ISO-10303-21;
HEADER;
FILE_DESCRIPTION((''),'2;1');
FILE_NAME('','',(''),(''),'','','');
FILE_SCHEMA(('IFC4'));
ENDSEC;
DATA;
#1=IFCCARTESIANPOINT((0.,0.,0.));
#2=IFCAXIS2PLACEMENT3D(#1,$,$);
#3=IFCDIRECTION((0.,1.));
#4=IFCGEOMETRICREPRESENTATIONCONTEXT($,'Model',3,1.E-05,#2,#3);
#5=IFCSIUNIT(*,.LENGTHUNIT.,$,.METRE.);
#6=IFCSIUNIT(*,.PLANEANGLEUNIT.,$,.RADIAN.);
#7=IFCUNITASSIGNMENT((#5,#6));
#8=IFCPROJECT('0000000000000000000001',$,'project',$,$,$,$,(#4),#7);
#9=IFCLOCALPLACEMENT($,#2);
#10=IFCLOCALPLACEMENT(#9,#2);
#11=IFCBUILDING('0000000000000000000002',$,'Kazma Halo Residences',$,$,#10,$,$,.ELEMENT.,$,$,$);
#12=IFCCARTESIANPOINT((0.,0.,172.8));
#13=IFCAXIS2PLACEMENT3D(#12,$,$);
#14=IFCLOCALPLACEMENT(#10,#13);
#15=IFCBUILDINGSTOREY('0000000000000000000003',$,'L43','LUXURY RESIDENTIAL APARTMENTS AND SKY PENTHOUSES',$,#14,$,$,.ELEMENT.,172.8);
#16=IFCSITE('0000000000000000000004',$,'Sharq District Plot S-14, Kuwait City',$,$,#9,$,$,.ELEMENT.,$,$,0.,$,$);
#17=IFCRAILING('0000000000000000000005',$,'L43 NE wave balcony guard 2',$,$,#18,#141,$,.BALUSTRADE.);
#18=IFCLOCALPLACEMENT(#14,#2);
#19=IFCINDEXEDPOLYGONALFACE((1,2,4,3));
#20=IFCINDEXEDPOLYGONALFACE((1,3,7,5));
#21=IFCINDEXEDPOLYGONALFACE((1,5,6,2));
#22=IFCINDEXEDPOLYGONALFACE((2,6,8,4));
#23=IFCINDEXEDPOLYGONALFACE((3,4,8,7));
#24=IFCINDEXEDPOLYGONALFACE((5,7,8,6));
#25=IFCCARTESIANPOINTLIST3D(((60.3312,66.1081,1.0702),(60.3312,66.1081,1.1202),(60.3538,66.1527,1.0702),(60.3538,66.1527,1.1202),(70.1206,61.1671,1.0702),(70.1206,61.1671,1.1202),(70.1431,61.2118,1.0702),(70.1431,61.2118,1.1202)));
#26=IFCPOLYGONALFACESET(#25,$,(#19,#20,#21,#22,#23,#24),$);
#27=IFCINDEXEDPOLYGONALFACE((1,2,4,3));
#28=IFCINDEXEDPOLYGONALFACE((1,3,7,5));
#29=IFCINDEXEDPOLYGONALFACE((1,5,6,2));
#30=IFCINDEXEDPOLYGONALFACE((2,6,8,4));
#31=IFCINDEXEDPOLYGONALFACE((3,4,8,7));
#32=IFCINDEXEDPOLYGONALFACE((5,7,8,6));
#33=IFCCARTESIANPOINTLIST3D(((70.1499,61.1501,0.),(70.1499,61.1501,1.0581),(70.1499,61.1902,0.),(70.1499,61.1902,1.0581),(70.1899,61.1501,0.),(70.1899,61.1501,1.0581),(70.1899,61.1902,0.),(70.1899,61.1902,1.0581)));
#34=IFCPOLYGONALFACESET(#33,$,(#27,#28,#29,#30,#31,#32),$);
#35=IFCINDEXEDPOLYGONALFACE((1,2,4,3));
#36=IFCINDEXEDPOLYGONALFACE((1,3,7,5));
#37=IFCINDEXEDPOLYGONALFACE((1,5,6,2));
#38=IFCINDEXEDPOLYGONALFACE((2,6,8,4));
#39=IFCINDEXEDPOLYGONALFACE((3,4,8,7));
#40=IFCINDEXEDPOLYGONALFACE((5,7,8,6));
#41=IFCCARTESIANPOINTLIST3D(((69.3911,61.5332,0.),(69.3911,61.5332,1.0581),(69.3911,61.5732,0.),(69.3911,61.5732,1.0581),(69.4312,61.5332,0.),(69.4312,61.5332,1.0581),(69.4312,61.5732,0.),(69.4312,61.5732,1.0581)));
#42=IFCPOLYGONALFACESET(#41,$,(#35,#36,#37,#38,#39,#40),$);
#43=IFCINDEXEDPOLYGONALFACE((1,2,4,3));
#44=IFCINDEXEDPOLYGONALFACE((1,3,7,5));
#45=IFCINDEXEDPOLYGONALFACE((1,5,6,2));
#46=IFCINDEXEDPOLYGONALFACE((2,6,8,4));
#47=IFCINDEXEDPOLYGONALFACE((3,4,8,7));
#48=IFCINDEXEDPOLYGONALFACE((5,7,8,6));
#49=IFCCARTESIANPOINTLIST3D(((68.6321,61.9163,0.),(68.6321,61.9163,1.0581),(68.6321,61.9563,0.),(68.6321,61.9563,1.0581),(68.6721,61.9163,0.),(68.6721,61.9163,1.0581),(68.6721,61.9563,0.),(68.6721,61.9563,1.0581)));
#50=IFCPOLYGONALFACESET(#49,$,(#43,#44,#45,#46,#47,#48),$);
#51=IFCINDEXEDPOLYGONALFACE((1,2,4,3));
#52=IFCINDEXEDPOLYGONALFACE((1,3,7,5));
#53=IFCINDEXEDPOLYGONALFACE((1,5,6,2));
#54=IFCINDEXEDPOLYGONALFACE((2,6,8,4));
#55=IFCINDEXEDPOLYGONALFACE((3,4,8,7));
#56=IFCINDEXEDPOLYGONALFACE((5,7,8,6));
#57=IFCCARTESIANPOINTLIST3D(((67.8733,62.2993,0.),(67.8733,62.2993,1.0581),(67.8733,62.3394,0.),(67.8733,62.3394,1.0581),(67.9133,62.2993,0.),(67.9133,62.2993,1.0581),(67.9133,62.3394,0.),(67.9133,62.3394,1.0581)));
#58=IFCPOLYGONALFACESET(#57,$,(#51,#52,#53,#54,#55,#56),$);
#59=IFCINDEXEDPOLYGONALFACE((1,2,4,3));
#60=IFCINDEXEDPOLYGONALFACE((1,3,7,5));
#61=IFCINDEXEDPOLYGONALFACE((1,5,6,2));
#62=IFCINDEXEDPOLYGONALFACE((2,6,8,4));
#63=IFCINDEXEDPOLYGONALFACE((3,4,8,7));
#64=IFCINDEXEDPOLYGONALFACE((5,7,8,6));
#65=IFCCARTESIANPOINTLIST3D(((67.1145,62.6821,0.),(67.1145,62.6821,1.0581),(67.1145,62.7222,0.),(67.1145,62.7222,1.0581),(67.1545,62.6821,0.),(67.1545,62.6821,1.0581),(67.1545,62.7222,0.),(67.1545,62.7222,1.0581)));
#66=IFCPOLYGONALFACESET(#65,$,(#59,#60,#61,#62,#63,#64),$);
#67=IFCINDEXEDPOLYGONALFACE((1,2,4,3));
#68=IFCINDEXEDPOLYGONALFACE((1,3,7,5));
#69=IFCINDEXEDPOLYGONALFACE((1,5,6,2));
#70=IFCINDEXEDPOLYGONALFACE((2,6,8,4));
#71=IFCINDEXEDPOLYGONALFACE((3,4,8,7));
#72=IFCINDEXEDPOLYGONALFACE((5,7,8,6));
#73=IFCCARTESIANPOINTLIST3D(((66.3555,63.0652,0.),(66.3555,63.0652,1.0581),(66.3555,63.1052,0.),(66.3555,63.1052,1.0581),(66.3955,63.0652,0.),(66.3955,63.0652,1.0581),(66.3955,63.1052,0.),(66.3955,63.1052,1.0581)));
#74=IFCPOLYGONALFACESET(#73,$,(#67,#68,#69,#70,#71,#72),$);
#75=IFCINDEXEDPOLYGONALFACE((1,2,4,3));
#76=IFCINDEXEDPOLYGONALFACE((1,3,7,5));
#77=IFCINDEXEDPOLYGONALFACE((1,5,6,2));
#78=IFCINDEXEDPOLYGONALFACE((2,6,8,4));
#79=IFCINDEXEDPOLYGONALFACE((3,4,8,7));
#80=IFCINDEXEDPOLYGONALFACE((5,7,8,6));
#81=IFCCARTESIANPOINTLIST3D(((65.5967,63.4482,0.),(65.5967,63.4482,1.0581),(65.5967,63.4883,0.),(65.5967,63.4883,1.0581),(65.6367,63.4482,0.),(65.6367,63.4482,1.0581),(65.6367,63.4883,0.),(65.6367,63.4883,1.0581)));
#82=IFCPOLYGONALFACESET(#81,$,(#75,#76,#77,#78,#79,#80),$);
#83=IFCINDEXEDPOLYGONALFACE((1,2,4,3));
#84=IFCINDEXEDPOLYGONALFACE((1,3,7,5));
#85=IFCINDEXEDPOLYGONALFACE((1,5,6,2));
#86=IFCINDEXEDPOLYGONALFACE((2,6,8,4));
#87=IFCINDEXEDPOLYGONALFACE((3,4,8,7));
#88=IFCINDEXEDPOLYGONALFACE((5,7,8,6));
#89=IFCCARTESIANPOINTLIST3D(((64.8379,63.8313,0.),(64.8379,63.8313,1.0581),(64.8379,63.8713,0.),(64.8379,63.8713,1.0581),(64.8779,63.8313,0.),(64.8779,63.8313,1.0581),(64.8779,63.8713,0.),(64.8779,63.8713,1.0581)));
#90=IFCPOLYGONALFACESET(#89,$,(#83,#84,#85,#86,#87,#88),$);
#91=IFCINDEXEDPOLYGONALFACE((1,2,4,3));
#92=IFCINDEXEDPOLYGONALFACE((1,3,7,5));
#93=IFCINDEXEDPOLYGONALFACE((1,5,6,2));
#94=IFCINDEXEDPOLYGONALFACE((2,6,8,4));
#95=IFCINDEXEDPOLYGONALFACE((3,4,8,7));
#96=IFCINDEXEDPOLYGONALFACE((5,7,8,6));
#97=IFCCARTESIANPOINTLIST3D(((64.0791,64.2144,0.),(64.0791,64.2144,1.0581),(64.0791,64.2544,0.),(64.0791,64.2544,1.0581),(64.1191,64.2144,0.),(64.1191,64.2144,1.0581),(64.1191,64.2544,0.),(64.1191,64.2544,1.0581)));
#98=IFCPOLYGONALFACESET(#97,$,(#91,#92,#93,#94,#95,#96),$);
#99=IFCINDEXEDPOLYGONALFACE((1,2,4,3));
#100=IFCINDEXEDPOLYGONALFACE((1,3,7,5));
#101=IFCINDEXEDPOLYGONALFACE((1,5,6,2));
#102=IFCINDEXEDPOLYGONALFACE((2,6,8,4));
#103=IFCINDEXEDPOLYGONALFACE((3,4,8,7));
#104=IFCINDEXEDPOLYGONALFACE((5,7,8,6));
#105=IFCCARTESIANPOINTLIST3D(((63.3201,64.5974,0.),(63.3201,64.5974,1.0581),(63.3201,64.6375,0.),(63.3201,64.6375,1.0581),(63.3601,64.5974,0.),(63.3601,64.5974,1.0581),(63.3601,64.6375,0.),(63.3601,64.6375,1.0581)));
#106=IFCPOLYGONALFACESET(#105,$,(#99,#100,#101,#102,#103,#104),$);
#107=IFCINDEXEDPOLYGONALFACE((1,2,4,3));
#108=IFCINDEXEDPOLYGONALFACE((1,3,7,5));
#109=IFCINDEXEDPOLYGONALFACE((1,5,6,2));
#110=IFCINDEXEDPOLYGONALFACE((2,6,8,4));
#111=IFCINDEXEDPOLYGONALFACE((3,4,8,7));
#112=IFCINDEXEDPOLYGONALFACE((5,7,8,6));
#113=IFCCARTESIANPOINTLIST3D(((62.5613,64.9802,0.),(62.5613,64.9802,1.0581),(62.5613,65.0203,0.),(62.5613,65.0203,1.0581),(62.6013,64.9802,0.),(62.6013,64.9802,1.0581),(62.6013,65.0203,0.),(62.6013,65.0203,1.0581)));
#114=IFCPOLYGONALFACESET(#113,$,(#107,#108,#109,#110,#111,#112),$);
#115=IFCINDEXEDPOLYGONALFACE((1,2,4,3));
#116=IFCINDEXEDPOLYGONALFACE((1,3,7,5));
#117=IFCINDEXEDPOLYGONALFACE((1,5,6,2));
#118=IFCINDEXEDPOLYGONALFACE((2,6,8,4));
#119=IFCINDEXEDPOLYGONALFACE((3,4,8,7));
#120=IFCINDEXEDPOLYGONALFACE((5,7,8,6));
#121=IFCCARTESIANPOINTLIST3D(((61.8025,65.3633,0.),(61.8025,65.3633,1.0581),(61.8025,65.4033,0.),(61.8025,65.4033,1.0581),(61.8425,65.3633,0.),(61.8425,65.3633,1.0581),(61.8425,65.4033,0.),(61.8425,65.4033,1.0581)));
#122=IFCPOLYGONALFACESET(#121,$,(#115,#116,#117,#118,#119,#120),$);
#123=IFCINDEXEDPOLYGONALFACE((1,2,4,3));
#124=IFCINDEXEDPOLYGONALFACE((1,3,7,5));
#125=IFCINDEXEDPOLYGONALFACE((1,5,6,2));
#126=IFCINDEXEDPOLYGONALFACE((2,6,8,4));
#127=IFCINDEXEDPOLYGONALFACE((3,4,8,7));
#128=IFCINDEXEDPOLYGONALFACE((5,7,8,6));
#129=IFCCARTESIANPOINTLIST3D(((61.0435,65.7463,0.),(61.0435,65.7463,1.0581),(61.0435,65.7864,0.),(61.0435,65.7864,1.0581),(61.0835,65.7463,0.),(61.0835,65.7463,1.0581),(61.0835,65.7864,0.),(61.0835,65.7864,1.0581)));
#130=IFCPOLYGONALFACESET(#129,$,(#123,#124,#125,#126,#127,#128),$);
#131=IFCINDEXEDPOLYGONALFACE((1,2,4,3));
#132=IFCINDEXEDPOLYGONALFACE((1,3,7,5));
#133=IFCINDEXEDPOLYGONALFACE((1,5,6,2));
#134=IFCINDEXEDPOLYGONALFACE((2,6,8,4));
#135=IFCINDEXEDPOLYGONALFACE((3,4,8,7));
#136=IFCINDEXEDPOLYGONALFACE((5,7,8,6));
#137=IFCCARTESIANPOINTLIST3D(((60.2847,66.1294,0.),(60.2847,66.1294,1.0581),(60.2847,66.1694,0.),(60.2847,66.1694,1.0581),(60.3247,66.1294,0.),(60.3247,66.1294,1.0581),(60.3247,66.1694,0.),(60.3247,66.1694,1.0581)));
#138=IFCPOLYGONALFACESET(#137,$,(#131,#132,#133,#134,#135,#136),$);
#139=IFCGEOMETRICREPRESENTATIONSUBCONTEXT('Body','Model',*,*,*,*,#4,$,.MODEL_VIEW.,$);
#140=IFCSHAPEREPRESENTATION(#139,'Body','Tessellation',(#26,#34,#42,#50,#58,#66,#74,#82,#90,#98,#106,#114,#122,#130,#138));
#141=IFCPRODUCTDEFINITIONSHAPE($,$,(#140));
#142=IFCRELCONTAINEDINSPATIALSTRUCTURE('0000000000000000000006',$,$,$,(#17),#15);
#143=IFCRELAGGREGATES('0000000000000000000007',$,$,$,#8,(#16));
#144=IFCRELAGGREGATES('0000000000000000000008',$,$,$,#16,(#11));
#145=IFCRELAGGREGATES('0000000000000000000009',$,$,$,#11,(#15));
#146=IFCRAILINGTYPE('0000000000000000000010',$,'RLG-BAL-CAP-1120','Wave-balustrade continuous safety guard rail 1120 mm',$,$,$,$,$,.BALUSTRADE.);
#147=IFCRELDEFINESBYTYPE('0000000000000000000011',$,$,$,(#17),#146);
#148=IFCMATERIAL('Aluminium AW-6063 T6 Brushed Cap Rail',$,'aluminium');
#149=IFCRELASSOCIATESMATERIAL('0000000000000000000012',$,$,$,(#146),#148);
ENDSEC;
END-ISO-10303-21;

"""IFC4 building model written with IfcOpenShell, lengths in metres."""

from ifc_helpers import new_model, si_unit, direction, frame, origin, origin_2d, place, context, subcontext, project, spatial, rectangle, extrude, material, type_object, element, save


model = new_model("IFC4")

# Units and contexts
model_context = context("Model", 3, precision=1e-05, world=origin(), true_north=direction((0.0, 1.0)))
body_context = subcontext(model_context, "Body", "Model", "MODEL_VIEW")
ifc_project = project(units=[si_unit("LENGTHUNIT", "METRE"), si_unit("PLANEANGLEUNIT", "RADIAN")], contexts=[model_context])

# Site, building, storey
site_placement = place(None, origin())
site = spatial("IfcSite", under=ifc_project, at=site_placement, Name="Sharq District Plot S-14, Kuwait City", CompositionType="ELEMENT", RefElevation=0.0)
building_placement = place(site_placement, origin())
building = spatial("IfcBuilding", under=site, at=building_placement, Name="Kazma Halo Residences", CompositionType="ELEMENT")
storey_placement = place(building_placement, frame((0.0, 0.0, 172.8)))
storey = spatial("IfcBuildingStorey", under=building, at=storey_placement, Name="L43", Description="LUXURY RESIDENTIAL APARTMENTS AND SKY PENTHOUSES", CompositionType="ELEMENT", Elevation=172.8)

# Railing
ifc_material_1 = material(Name="Aluminium AW-6063 T6 Brushed Cap Rail", Category="aluminium")
railing_type = type_object("IfcRailingType", Name="RLG-BAL-CAP-1120", Description="Wave-balustrade continuous safety guard rail 1120 mm", PredefinedType="BALUSTRADE", material=ifc_material_1)
railing_1_placement = place(storey_placement, frame((70.1699, 61.1702, 0.0)))
element("IfcRailing", 1, at=railing_1_placement, inside=storey, type_object=railing_type, Name="L43 NE wave balcony guard 2", PredefinedType="BALUSTRADE", context=body_context, shape_type="SweptSolid", body=[
    extrude(rectangle(XDim=0.05, YDim=0.05, at=origin_2d()), frame((-0.0381, 0.0193, 1.0952), z_axis=(-0.892733, 0.450586, 0.0), x_axis=(-0.450586, -0.892733, 0.0)), (0.0, 0.0, 1.0), 10.9656),
    extrude(rectangle(XDim=0.04, YDim=0.04, at=origin_2d()), origin(), (0.0, 0.0, 1.0), 1.0581),
    extrude(rectangle(XDim=0.04, YDim=0.04, at=origin_2d()), frame((-0.7588, 0.3831, 0.0)), (0.0, 0.0, 1.0), 1.0581),
    extrude(rectangle(XDim=0.04, YDim=0.04, at=origin_2d()), frame((-1.5178, 0.7661, 0.0)), (0.0, 0.0, 1.0), 1.0581),
    extrude(rectangle(XDim=0.04, YDim=0.04, at=origin_2d()), frame((-2.2766, 1.1492, 0.0)), (0.0, 0.0, 1.0), 1.0581),
    extrude(rectangle(XDim=0.04, YDim=0.04, at=origin_2d()), frame((-3.0354, 1.532, 0.0)), (0.0, 0.0, 1.0), 1.0581),
    extrude(rectangle(XDim=0.04, YDim=0.04, at=origin_2d()), frame((-3.7944, 1.915, 0.0)), (0.0, 0.0, 1.0), 1.0581),
    extrude(rectangle(XDim=0.04, YDim=0.04, at=origin_2d()), frame((-4.5532, 2.2981, 0.0)), (0.0, 0.0, 1.0), 1.0581),
    extrude(rectangle(XDim=0.04, YDim=0.04, at=origin_2d()), frame((-5.312, 2.6812, 0.0)), (0.0, 0.0, 1.0), 1.0581),
    extrude(rectangle(XDim=0.04, YDim=0.04, at=origin_2d()), frame((-6.0708, 3.0642, 0.0)), (0.0, 0.0, 1.0), 1.0581),
    extrude(rectangle(XDim=0.04, YDim=0.04, at=origin_2d()), frame((-6.8298, 3.4473, 0.0)), (0.0, 0.0, 1.0), 1.0581),
    extrude(rectangle(XDim=0.04, YDim=0.04, at=origin_2d()), frame((-7.5886, 3.8301, 0.0)), (0.0, 0.0, 1.0), 1.0581),
    extrude(rectangle(XDim=0.04, YDim=0.04, at=origin_2d()), frame((-8.3474, 4.2131, 0.0)), (0.0, 0.0, 1.0), 1.0581),
    extrude(rectangle(XDim=0.04, YDim=0.04, at=origin_2d()), frame((-9.1064, 4.5962, 0.0)), (0.0, 0.0, 1.0), 1.0581),
    extrude(rectangle(XDim=0.04, YDim=0.04, at=origin_2d()), frame((-9.8652, 4.9792, 0.0)), (0.0, 0.0, 1.0), 1.0581),
])

save(model, "model.ifc")
